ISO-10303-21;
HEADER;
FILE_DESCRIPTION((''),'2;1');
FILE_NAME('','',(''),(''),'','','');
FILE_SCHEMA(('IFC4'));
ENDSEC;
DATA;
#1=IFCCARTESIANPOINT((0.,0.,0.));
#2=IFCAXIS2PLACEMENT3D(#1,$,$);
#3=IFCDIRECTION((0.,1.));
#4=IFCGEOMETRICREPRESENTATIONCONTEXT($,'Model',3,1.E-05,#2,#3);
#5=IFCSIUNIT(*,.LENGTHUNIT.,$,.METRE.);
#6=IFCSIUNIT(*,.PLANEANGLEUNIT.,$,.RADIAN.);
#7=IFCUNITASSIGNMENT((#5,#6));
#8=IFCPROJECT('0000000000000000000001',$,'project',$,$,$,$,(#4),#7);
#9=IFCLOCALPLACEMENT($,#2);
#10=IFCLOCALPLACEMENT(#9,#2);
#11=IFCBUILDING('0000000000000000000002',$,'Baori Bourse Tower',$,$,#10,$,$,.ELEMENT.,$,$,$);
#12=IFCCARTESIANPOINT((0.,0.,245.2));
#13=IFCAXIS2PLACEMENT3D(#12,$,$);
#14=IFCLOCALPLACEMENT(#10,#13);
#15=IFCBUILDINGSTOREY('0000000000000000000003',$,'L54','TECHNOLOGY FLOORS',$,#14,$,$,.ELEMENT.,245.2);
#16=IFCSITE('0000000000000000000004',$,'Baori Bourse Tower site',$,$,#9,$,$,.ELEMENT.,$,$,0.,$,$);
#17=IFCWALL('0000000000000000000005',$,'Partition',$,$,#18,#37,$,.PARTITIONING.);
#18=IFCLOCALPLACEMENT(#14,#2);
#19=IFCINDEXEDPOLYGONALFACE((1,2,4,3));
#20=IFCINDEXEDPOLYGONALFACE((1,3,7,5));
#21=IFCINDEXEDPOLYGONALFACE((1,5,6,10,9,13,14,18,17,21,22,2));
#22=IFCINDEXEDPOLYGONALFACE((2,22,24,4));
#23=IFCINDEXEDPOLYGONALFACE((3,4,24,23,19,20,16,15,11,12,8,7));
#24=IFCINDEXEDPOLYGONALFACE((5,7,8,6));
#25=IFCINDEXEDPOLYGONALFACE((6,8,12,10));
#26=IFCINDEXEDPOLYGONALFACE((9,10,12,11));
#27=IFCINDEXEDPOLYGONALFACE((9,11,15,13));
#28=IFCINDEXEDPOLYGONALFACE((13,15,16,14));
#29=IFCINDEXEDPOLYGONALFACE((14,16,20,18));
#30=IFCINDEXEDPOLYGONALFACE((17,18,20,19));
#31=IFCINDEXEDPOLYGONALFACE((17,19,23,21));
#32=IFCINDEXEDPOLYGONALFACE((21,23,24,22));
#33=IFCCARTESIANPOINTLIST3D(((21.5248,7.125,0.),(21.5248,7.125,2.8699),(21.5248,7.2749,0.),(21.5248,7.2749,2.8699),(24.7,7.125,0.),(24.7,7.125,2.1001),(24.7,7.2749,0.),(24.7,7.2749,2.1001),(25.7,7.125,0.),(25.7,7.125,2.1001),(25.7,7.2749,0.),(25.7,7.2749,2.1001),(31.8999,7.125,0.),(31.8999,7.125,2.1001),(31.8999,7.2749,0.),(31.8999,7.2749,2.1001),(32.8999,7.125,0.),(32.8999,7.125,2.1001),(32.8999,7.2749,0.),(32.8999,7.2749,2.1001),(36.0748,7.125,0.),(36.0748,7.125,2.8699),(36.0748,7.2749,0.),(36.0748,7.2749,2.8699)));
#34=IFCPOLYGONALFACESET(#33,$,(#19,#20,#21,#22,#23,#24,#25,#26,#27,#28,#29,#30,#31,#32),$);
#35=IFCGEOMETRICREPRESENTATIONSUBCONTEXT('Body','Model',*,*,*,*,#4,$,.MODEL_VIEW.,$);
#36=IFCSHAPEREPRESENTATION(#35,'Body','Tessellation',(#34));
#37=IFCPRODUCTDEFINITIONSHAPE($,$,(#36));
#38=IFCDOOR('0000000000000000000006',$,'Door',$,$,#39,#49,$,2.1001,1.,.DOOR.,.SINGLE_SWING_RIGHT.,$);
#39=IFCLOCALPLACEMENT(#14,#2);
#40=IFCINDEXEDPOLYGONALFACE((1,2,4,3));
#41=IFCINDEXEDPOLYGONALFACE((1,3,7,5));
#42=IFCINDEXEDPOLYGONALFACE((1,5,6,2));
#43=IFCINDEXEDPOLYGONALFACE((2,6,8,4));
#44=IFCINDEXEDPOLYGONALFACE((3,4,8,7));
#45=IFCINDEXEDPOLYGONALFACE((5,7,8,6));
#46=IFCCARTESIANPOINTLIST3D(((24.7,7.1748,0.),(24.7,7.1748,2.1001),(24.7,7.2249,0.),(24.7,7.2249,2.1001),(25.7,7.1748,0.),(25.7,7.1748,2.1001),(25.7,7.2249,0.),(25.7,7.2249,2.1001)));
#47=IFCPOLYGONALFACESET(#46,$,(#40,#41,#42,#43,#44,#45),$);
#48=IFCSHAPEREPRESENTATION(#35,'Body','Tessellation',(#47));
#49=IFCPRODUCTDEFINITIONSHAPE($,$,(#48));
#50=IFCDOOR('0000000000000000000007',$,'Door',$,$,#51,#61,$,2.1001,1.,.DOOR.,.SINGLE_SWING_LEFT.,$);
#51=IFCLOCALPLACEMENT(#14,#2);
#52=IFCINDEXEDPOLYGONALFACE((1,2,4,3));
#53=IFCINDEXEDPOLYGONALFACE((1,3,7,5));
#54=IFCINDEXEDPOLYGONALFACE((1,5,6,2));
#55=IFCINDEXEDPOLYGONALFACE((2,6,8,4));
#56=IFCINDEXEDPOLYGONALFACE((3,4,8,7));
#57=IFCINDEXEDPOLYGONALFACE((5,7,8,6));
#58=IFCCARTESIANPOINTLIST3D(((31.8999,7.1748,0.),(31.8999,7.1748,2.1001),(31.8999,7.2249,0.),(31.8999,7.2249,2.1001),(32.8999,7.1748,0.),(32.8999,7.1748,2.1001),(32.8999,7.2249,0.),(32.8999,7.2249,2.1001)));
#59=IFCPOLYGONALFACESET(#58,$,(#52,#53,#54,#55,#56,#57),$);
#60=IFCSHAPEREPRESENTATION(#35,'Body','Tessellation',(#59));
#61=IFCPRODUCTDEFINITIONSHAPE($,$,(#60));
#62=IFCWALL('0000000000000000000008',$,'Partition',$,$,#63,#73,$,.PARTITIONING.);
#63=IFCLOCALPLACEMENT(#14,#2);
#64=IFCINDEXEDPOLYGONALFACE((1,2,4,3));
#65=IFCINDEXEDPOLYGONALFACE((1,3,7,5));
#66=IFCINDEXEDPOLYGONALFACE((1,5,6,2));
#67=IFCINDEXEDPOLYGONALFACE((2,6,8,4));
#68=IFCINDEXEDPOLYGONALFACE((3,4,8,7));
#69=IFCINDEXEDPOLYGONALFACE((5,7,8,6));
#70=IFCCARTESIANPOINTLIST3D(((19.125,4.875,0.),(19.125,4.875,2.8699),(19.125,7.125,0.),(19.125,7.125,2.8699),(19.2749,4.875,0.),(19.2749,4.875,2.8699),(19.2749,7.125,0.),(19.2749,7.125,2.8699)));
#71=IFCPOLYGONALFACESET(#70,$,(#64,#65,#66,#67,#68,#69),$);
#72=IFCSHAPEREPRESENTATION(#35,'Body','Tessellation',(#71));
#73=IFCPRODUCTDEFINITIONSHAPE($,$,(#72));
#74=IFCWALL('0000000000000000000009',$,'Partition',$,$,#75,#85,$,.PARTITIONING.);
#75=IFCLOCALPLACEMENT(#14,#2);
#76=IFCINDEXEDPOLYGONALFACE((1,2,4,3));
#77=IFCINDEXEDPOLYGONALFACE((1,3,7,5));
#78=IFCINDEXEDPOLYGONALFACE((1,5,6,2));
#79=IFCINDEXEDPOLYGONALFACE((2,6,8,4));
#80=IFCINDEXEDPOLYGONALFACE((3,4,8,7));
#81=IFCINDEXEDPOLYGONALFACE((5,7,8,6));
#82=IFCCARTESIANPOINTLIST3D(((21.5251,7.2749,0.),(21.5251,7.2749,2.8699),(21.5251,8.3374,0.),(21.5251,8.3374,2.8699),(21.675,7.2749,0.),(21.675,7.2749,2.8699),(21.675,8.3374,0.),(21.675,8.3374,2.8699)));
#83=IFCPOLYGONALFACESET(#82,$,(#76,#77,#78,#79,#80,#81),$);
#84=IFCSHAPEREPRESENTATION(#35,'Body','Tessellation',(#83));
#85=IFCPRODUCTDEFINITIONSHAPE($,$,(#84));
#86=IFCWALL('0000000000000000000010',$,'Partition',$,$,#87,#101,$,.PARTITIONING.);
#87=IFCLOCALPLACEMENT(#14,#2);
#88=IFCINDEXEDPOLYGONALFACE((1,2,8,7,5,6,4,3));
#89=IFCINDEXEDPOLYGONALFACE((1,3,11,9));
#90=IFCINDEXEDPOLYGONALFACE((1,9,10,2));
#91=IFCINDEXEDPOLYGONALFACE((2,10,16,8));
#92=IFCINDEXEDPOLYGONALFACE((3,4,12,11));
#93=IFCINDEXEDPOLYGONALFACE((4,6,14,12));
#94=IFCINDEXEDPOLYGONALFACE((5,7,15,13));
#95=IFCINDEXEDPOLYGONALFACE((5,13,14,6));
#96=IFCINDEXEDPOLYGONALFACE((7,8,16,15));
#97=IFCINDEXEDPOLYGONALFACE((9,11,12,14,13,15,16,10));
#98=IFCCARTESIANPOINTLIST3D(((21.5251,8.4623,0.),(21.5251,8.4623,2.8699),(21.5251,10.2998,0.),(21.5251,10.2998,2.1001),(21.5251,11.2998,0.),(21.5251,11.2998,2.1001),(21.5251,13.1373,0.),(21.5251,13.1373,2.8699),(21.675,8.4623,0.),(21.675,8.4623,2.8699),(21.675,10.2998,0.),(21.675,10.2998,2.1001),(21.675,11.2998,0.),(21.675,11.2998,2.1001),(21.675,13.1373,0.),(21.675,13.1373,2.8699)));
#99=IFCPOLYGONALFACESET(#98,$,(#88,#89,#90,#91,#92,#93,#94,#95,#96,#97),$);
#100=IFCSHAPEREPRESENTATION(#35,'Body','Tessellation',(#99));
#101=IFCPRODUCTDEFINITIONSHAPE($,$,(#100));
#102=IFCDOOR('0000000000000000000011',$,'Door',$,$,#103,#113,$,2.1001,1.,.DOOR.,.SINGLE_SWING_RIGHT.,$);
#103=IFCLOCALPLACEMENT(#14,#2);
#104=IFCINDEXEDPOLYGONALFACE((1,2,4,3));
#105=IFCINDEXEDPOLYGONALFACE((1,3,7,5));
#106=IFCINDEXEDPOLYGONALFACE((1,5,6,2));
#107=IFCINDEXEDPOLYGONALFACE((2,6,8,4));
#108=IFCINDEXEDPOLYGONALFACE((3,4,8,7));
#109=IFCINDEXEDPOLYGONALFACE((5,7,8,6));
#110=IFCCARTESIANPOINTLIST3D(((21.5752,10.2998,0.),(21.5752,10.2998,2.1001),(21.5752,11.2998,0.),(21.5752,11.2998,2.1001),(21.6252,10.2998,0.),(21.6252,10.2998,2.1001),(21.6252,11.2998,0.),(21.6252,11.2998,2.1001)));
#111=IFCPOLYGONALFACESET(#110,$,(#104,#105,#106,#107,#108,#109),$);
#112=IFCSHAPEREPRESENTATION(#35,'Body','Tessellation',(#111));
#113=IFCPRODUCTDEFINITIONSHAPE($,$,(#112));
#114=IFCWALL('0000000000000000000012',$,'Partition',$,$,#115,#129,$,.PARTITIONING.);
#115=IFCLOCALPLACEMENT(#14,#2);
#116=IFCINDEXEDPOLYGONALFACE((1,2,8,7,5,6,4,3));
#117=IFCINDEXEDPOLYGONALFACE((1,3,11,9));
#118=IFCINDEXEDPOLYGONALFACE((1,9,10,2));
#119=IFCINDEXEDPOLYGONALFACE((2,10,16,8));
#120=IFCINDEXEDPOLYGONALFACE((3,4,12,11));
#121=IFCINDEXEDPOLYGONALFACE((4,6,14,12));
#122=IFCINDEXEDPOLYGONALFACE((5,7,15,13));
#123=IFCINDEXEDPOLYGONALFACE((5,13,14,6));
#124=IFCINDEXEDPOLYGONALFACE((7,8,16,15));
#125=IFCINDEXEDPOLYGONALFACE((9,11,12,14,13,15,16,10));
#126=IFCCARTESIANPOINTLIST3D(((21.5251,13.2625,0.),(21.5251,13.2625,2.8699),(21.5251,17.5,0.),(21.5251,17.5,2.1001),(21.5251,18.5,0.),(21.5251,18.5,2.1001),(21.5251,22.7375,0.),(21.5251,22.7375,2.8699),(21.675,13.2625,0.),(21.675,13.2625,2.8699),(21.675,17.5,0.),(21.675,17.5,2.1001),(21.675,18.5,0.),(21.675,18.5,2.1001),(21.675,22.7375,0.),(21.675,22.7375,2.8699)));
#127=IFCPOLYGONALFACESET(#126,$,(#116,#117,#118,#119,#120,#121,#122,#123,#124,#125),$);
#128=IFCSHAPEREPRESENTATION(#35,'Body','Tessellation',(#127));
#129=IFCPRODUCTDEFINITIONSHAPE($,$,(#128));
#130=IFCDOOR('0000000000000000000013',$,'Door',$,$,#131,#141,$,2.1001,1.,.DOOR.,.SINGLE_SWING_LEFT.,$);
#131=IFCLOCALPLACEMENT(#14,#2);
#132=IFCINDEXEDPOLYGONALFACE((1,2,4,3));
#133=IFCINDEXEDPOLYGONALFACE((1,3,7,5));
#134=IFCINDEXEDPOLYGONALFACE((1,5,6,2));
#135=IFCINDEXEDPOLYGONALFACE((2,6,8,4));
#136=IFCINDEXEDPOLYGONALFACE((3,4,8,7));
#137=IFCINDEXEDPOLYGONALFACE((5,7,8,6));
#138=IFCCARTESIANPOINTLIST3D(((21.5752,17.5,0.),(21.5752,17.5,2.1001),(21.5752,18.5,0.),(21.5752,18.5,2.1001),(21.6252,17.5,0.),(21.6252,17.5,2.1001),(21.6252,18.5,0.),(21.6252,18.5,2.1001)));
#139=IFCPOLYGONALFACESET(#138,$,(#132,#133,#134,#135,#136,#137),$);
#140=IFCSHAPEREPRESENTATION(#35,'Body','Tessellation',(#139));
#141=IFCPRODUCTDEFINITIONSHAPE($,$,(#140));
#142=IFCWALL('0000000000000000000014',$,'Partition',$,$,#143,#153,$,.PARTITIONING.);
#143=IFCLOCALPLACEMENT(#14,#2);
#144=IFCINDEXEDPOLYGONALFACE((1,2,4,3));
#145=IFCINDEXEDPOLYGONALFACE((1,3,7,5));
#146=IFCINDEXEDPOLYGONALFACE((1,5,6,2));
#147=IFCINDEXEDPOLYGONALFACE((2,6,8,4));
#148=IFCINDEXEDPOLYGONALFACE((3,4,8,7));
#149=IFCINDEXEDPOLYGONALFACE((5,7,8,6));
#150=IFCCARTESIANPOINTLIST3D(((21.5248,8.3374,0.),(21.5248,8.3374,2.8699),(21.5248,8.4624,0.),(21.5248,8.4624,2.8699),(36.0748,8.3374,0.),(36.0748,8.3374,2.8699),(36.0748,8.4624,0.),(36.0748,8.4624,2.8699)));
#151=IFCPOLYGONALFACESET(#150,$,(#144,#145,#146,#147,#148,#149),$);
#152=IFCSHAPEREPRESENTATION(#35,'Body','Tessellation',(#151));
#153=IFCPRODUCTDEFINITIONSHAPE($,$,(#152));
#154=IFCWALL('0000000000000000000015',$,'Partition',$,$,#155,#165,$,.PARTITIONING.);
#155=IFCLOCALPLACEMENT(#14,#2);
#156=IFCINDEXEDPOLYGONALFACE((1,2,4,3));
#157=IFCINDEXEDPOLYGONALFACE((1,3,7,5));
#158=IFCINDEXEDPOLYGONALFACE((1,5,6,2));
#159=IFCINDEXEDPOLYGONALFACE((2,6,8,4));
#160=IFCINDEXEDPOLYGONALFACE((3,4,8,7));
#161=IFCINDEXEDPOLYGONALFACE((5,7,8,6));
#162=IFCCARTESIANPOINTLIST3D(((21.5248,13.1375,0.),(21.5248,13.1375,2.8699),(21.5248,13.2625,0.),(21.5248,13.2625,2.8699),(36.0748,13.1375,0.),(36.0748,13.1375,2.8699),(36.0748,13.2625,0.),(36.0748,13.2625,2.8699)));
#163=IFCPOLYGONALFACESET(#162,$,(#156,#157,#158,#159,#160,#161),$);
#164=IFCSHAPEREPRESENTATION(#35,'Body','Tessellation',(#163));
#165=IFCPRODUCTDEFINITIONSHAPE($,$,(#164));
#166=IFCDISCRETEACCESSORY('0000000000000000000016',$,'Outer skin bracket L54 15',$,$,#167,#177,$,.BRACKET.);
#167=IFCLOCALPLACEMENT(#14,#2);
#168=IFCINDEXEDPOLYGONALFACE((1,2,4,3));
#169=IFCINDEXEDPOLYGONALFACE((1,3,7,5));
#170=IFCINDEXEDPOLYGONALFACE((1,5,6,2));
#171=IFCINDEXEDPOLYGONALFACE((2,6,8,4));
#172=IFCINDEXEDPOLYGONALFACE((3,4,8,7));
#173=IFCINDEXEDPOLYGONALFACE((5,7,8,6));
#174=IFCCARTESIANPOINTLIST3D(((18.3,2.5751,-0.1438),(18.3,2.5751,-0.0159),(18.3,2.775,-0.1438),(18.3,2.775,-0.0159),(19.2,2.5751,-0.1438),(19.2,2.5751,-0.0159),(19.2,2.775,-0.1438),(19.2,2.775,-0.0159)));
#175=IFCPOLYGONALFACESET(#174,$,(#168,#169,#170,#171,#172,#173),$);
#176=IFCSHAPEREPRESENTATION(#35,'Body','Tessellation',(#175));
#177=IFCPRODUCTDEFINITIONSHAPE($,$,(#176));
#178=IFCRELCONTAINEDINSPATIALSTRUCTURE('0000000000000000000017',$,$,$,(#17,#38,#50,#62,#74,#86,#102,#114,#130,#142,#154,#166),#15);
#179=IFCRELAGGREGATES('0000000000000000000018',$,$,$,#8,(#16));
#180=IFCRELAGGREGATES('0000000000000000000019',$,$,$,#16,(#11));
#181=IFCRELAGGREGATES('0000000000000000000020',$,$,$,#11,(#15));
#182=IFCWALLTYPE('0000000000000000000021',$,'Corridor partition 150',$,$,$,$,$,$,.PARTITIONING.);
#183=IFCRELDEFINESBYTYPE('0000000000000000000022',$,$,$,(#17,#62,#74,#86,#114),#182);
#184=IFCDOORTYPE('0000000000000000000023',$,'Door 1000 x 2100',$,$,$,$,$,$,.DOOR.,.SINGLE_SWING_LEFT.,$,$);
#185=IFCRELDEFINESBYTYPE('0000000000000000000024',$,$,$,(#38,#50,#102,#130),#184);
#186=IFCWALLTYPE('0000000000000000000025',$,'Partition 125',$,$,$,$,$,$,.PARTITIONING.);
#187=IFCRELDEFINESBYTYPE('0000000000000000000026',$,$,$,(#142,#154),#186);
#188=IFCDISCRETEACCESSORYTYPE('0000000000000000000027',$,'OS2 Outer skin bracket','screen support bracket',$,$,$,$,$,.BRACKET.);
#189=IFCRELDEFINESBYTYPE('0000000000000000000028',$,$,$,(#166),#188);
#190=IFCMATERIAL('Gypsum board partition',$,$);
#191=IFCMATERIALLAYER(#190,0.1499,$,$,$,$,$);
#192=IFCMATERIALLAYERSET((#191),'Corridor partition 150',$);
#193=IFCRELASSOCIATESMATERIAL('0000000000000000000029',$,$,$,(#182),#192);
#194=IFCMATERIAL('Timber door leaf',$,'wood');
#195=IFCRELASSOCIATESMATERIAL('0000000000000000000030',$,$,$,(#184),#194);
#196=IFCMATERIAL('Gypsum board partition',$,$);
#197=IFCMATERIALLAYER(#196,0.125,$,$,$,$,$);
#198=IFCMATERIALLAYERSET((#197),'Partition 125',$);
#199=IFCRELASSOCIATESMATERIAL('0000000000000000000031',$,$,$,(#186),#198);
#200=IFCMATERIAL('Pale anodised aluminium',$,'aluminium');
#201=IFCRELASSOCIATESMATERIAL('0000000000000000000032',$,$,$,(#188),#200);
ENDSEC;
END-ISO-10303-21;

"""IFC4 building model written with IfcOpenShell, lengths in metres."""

from ifc_helpers import new_model, si_unit, direction, frame, frame_2d, origin, origin_2d, place, context, subcontext, project, spatial, rectangle, extrude, material, layer, layer_set, type_object, element, fill, save


model = new_model("IFC4")

# Units and contexts
model_context = context("Model", 3, precision=1e-05, world=origin(), true_north=direction((0.0, 1.0)))
body_context = subcontext(model_context, "Body", "Model", "MODEL_VIEW")
ifc_project = project(units=[si_unit("LENGTHUNIT", "METRE"), si_unit("PLANEANGLEUNIT", "RADIAN")], contexts=[model_context])

# Site, building, storey
site_placement = place(None, origin())
site = spatial("IfcSite", under=ifc_project, at=site_placement, Name="Baori Bourse Tower site", CompositionType="ELEMENT", RefElevation=0.0)
building_placement = place(site_placement, origin())
building = spatial("IfcBuilding", under=site, at=building_placement, Name="Baori Bourse Tower", CompositionType="ELEMENT")
storey_placement = place(building_placement, frame((0.0, 0.0, 245.2)))
storey = spatial("IfcBuildingStorey", under=building, at=storey_placement, Name="L54", Description="TECHNOLOGY FLOORS", CompositionType="ELEMENT", Elevation=245.2)

# Wall, openings, doors
ifc_material_1 = material(Name="Gypsum board partition")
ifc_layer_1 = layer(ifc_material_1, 0.1499)
ifc_layer_set_1 = layer_set([ifc_layer_1], Name="Corridor partition 150")
wall_type_1 = type_object("IfcWallType", Name="Corridor partition 150", PredefinedType="PARTITIONING", material=ifc_layer_set_1)
ifc_material_2 = material(Name="Timber door leaf", Category="wood")
door_type = type_object("IfcDoorType", Name="Door 1000 x 2100", OperationType="SINGLE_SWING_LEFT", PredefinedType="DOOR", material=ifc_material_2)
wall_1_placement = place(storey_placement, frame((21.5249, 7.2, 0.0), z_axis=(0.0, 0.0, 1.0), x_axis=(1.0, 0.0, 0.0)))
wall_1 = element("IfcWall", 1, at=wall_1_placement, inside=storey, type_object=wall_type_1, Name="Partition", PredefinedType="PARTITIONING", context=body_context, shape_type="SweptSolid", body=[
    extrude(rectangle(XDim=14.55, YDim=0.1499, at=frame_2d((7.2749, 0.0))), origin(), (0.0, 0.0, 1.0), 2.8699),
])
opening_1_placement = place(wall_1_placement, frame((3.175, 0.0, 0.0)))
opening_1 = element("IfcOpeningElement", 2, at=opening_1_placement, cuts=wall_1, PredefinedType="OPENING", context=body_context, shape_type="SweptSolid", body=[
    extrude(rectangle(XDim=1.0, YDim=2.1001, at=frame_2d((0.5, 1.05))), frame((0.0, 0.085, 0.0), z_axis=(0.0, -1.0, 0.0), x_axis=(1.0, 0.0, 0.0)), (0.0, 0.0, 1.0), 0.1699),
])
opening_2_placement = place(wall_1_placement, frame((10.375, 0.0, 0.0)))
opening_2 = element("IfcOpeningElement", 3, at=opening_2_placement, cuts=wall_1, PredefinedType="OPENING", context=body_context, shape_type="SweptSolid", body=[
    extrude(rectangle(XDim=1.0, YDim=2.1001, at=frame_2d((0.5, 1.05))), frame((0.0, 0.085, 0.0), z_axis=(0.0, -1.0, 0.0), x_axis=(1.0, 0.0, 0.0)), (0.0, 0.0, 1.0), 0.1699),
])
door_1_placement = place(opening_1_placement, origin())
door_1 = element("IfcDoor", 4, at=door_1_placement, inside=storey, type_object=door_type, Name="Door", OperationType="SINGLE_SWING_RIGHT", OverallHeight=2.1001, OverallWidth=1.0, PredefinedType="DOOR", context=body_context, shape_type="SweptSolid", body=[
    extrude(rectangle(XDim=1.0, YDim=2.1001, at=frame_2d((0.5, 1.05))), frame((0.0, 0.0249, 0.0), z_axis=(0.0, -1.0, 0.0), x_axis=(1.0, 0.0, 0.0)), (0.0, 0.0, 1.0), 0.05),
])
fill(opening_1, door_1)
door_2_placement = place(opening_2_placement, origin())
door_2 = element("IfcDoor", 5, at=door_2_placement, inside=storey, type_object=door_type, Name="Door", OperationType="SINGLE_SWING_LEFT", OverallHeight=2.1001, OverallWidth=1.0, PredefinedType="DOOR", context=body_context, shape_type="SweptSolid", body=[
    extrude(rectangle(XDim=1.0, YDim=2.1001, at=frame_2d((0.5, 1.05))), frame((0.0, 0.0249, 0.0), z_axis=(0.0, -1.0, 0.0), x_axis=(1.0, 0.0, 0.0)), (0.0, 0.0, 1.0), 0.05),
])
fill(opening_2, door_2)

# Walls
wall_2_placement = place(storey_placement, frame((19.2, 4.875, 0.0), z_axis=(0.0, 0.0, 1.0), x_axis=(0.0, 1.0, 0.0)))
element("IfcWall", 6, at=wall_2_placement, inside=storey, type_object=wall_type_1, Name="Partition", PredefinedType="PARTITIONING", context=body_context, shape_type="SweptSolid", body=[
    extrude(rectangle(XDim=2.25, YDim=0.1499, at=frame_2d((1.125, 0.0))), origin(), (0.0, 0.0, 1.0), 2.8699),
])
wall_3_placement = place(storey_placement, frame((21.6001, 7.2749, 0.0), z_axis=(0.0, 0.0, 1.0), x_axis=(0.0, 1.0, 0.0)))
element("IfcWall", 7, at=wall_3_placement, inside=storey, type_object=wall_type_1, Name="Partition", PredefinedType="PARTITIONING", context=body_context, shape_type="SweptSolid", body=[
    extrude(rectangle(XDim=1.0625, YDim=0.1499, at=frame_2d((0.5312, 0.0))), origin(), (0.0, 0.0, 1.0), 2.8699),
])

# Walls, openings, doors
wall_4_placement = place(storey_placement, frame((21.6001, 8.4624, 0.0), z_axis=(0.0, 0.0, 1.0), x_axis=(0.0, 1.0, 0.0)))
wall_4 = element("IfcWall", 8, at=wall_4_placement, inside=storey, type_object=wall_type_1, Name="Partition", PredefinedType="PARTITIONING", context=body_context, shape_type="SweptSolid", body=[
    extrude(rectangle(XDim=4.675, YDim=0.1499, at=frame_2d((2.3374, 0.0))), origin(), (0.0, 0.0, 1.0), 2.8699),
])
opening_3_placement = place(wall_4_placement, frame((1.8374, 0.0, 0.0)))
opening_3 = element("IfcOpeningElement", 9, at=opening_3_placement, cuts=wall_4, PredefinedType="OPENING", context=body_context, shape_type="SweptSolid", body=[
    extrude(rectangle(XDim=1.0, YDim=2.1001, at=frame_2d((0.5, 1.05))), frame((0.0, 0.085, 0.0), z_axis=(0.0, -1.0, 0.0), x_axis=(1.0, 0.0, 0.0)), (0.0, 0.0, 1.0), 0.1699),
])
door_3_placement = place(opening_3_placement, origin())
door_3 = element("IfcDoor", 10, at=door_3_placement, inside=storey, type_object=door_type, Name="Door", OperationType="SINGLE_SWING_RIGHT", OverallHeight=2.1001, OverallWidth=1.0, PredefinedType="DOOR", context=body_context, shape_type="SweptSolid", body=[
    extrude(rectangle(XDim=1.0, YDim=2.1001, at=frame_2d((0.5, 1.05))), frame((0.0, 0.0249, 0.0), z_axis=(0.0, -1.0, 0.0), x_axis=(1.0, 0.0, 0.0)), (0.0, 0.0, 1.0), 0.05),
])
fill(opening_3, door_3)
wall_5_placement = place(storey_placement, frame((21.6001, 13.2625, 0.0), z_axis=(0.0, 0.0, 1.0), x_axis=(0.0, 1.0, 0.0)))
wall_5 = element("IfcWall", 11, at=wall_5_placement, inside=storey, type_object=wall_type_1, Name="Partition", PredefinedType="PARTITIONING", context=body_context, shape_type="SweptSolid", body=[
    extrude(rectangle(XDim=9.4751, YDim=0.1499, at=frame_2d((4.7375, 0.0))), origin(), (0.0, 0.0, 1.0), 2.8699),
])
opening_4_placement = place(wall_5_placement, frame((4.2375, 0.0, 0.0)))
opening_4 = element("IfcOpeningElement", 12, at=opening_4_placement, cuts=wall_5, PredefinedType="OPENING", context=body_context, shape_type="SweptSolid", body=[
    extrude(rectangle(XDim=1.0, YDim=2.1001, at=frame_2d((0.5, 1.05))), frame((0.0, 0.085, 0.0), z_axis=(0.0, -1.0, 0.0), x_axis=(1.0, 0.0, 0.0)), (0.0, 0.0, 1.0), 0.1699),
])
door_4_placement = place(opening_4_placement, origin())
door_4 = element("IfcDoor", 13, at=door_4_placement, inside=storey, type_object=door_type, Name="Door", OperationType="SINGLE_SWING_LEFT", OverallHeight=2.1001, OverallWidth=1.0, PredefinedType="DOOR", context=body_context, shape_type="SweptSolid", body=[
    extrude(rectangle(XDim=1.0, YDim=2.1001, at=frame_2d((0.5, 1.05))), frame((0.0, 0.0249, 0.0), z_axis=(0.0, -1.0, 0.0), x_axis=(1.0, 0.0, 0.0)), (0.0, 0.0, 1.0), 0.05),
])
fill(opening_4, door_4)

# Walls
ifc_material_3 = material(Name="Gypsum board partition")
ifc_layer_2 = layer(ifc_material_3, 0.125)
ifc_layer_set_2 = layer_set([ifc_layer_2], Name="Partition 125")
wall_type_2 = type_object("IfcWallType", Name="Partition 125", PredefinedType="PARTITIONING", material=ifc_layer_set_2)
for number, where, z_axis, x_axis, name in (
    (14, (21.5249, 8.3999, 0.0), (0.0, 0.0, 1.0), (1.0, 0.0, 0.0), "Partition"),
    (15, (21.5249, 13.2, 0.0), (0.0, 0.0, 1.0), (1.0, 0.0, 0.0), "Partition"),
):
    element("IfcWall", number, at=place(storey_placement, frame(where, z_axis=z_axis, x_axis=x_axis)), inside=storey, type_object=wall_type_2, Name=name, PredefinedType="PARTITIONING", context=body_context, shape_type="SweptSolid", body=[
        extrude(rectangle(XDim=14.55, YDim=0.125, at=frame_2d((7.2749, 0.0))), origin(), (0.0, 0.0, 1.0), 2.8699),
    ])

# Discrete accessory
ifc_material_4 = material(Name="Pale anodised aluminium", Category="aluminium")
discrete_accessory_type = type_object("IfcDiscreteAccessoryType", Name="OS2 Outer skin bracket", Description="screen support bracket", PredefinedType="BRACKET", material=ifc_material_4)
discrete_accessory_placement = place(storey_placement, frame((18.75, 2.675, -0.1438), z_axis=(0.0, 0.0, 1.0), x_axis=(0.0, -1.0, 0.0)))
element("IfcDiscreteAccessory", 16, at=discrete_accessory_placement, inside=storey, type_object=discrete_accessory_type, Name="Outer skin bracket L54 15", PredefinedType="BRACKET", context=body_context, shape_type="SweptSolid", body=[
    extrude(rectangle(XDim=0.2, YDim=0.8999, at=origin_2d()), origin(), (0.0, 0.0, 1.0), 0.1279),
])

save(model, "model.ifc")
